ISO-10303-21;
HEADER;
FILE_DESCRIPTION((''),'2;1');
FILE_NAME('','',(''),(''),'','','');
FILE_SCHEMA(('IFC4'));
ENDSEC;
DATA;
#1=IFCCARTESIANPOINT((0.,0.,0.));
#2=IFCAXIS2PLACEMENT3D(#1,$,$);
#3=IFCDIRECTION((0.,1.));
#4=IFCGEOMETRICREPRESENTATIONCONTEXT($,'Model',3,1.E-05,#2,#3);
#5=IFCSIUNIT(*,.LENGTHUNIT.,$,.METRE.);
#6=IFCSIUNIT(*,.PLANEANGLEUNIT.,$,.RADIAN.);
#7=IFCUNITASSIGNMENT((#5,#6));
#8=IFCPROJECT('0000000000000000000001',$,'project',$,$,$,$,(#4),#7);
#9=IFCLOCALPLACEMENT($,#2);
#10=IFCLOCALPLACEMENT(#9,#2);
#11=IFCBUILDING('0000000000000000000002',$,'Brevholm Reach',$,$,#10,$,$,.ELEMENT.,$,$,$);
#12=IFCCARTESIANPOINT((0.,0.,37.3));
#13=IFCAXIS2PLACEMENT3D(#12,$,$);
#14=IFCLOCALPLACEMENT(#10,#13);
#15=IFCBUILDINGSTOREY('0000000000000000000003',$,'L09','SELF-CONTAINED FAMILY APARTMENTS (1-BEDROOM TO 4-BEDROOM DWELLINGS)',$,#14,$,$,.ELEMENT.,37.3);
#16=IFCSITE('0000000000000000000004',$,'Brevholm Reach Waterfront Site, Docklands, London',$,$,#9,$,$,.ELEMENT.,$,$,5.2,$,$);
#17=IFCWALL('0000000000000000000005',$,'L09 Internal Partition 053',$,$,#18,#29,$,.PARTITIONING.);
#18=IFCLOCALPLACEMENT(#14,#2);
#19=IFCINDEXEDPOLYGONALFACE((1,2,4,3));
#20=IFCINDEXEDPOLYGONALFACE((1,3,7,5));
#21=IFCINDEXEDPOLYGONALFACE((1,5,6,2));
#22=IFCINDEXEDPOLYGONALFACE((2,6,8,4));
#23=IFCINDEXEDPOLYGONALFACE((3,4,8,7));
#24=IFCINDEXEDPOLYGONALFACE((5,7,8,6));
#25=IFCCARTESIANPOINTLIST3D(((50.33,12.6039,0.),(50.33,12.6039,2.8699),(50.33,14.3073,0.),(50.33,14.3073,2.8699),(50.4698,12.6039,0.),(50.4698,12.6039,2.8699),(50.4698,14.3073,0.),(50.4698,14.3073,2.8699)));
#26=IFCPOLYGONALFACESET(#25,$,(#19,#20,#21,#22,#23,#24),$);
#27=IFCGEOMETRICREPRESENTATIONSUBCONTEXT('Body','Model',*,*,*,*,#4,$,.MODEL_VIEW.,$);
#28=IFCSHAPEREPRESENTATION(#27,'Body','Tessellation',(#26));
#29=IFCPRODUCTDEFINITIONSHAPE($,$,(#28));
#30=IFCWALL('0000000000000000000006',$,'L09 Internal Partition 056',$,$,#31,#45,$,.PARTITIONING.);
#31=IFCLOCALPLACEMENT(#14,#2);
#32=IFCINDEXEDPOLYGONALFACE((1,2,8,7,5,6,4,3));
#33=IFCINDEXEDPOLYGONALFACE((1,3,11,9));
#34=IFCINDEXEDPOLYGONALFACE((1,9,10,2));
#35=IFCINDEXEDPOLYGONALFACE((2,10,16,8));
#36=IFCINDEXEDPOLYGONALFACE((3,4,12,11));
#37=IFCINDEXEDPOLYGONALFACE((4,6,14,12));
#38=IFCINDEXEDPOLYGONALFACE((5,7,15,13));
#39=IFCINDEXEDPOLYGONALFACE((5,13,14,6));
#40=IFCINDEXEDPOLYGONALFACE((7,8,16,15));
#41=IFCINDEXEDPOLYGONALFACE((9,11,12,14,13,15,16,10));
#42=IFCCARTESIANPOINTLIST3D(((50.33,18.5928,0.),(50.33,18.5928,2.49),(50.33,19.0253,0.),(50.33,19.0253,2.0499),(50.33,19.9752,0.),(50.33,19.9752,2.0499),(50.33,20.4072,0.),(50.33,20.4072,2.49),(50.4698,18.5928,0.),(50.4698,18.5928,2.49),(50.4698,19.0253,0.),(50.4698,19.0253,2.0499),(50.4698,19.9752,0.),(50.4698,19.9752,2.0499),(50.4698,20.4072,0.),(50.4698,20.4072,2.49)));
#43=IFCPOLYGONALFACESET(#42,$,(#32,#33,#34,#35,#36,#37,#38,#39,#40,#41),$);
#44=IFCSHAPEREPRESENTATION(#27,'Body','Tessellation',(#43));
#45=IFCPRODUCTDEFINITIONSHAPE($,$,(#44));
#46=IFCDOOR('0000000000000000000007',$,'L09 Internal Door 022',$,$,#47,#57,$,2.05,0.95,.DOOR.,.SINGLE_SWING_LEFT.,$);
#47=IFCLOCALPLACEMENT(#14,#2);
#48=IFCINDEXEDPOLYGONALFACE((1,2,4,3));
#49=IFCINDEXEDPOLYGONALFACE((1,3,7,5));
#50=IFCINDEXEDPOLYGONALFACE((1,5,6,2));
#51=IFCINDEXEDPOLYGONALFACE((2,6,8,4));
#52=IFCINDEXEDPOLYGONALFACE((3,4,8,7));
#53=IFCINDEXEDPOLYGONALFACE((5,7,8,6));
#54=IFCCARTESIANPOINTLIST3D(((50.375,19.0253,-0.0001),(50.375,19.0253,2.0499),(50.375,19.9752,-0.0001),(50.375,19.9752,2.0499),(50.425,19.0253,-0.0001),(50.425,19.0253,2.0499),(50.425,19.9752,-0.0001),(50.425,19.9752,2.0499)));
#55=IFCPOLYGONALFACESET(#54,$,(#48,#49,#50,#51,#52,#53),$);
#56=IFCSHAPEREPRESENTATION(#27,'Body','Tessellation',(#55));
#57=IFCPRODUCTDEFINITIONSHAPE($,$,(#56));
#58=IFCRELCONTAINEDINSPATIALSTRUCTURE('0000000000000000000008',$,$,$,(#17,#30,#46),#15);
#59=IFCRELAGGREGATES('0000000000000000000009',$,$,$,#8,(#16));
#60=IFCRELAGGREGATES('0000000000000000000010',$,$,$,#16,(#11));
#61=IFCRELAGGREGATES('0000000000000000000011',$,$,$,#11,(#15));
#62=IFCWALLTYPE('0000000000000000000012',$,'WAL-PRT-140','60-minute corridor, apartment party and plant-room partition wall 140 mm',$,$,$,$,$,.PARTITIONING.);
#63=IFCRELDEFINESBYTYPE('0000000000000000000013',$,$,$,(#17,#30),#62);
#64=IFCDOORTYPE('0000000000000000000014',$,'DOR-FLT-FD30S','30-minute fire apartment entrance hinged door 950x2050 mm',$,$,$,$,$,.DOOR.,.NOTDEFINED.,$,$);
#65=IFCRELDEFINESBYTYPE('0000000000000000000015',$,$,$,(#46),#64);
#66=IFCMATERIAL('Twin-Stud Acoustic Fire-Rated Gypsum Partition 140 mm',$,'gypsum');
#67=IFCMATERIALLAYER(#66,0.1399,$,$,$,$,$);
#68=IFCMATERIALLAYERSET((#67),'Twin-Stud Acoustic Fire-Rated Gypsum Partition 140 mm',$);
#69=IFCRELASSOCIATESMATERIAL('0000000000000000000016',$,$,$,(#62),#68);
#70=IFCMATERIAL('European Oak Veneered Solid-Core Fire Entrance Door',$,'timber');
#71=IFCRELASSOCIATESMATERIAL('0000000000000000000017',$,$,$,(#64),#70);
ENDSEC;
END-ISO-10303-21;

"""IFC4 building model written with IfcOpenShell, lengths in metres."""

from ifc_helpers import new_model, si_unit, direction, frame, frame_2d, origin, place, context, subcontext, project, spatial, rectangle, extrude, material, layer, layer_set, type_object, element, fill, save


model = new_model("IFC4")

# Units and contexts
model_context = context("Model", 3, precision=1e-05, world=origin(), true_north=direction((0.0, 1.0)))
body_context = subcontext(model_context, "Body", "Model", "MODEL_VIEW")
ifc_project = project(units=[si_unit("LENGTHUNIT", "METRE"), si_unit("PLANEANGLEUNIT", "RADIAN")], contexts=[model_context])

# Site, building, storey
site_placement = place(None, origin())
site = spatial("IfcSite", under=ifc_project, at=site_placement, Name="Brevholm Reach Waterfront Site, Docklands, London", CompositionType="ELEMENT", RefElevation=5.2)
building_placement = place(site_placement, origin())
building = spatial("IfcBuilding", under=site, at=building_placement, Name="Brevholm Reach", CompositionType="ELEMENT")
storey_placement = place(building_placement, frame((0.0, 0.0, 37.3)))
storey = spatial("IfcBuildingStorey", under=building, at=storey_placement, Name="L09", Description="SELF-CONTAINED FAMILY APARTMENTS (1-BEDROOM TO 4-BEDROOM DWELLINGS)", CompositionType="ELEMENT", Elevation=37.3)

# Shared definitions
ifc_material_1 = material(Name="Twin-Stud Acoustic Fire-Rated Gypsum Partition 140 mm", Category="gypsum")
ifc_layer_1 = layer(ifc_material_1, 0.1399)
ifc_layer_set_1 = layer_set([ifc_layer_1], Name="Twin-Stud Acoustic Fire-Rated Gypsum Partition 140 mm")
wall_type_1 = type_object("IfcWallType", Name="WAL-PRT-140", Description="60-minute corridor, apartment party and plant-room partition wall 140 mm", PredefinedType="PARTITIONING", material=ifc_layer_set_1)
ifc_material_2 = material(Name="European Oak Veneered Solid-Core Fire Entrance Door", Category="timber")
door_type_1 = type_object("IfcDoorType", Name="DOR-FLT-FD30S", Description="30-minute fire apartment entrance hinged door 950x2050 mm", OperationType="NOTDEFINED", PredefinedType="DOOR", material=ifc_material_2)

# Wall
wall_1_placement = place(storey_placement, frame((50.3999, 12.604, 0.0), z_axis=(0.0, 0.0, 1.0), x_axis=(0.0, 1.0, 0.0)))
element("IfcWall", 1, at=wall_1_placement, inside=storey, type_object=wall_type_1, Name="L09 Internal Partition 053", PredefinedType="PARTITIONING", context=body_context, shape_type="SweptSolid", body=[
    extrude(rectangle(XDim=1.7034, YDim=0.1399, at=frame_2d((0.8516, 0.0))), origin(), (0.0, 0.0, 1.0), 2.8699),
])

# Wall, opening, door
wall_2_placement = place(storey_placement, frame((50.3999, 18.5928, 0.0), z_axis=(0.0, 0.0, 1.0), x_axis=(0.0, 1.0, 0.0)))
wall_2 = element("IfcWall", 2, at=wall_2_placement, inside=storey, type_object=wall_type_1, Name="L09 Internal Partition 056", PredefinedType="PARTITIONING", context=body_context, shape_type="SweptSolid", body=[
    extrude(rectangle(XDim=1.8145, YDim=0.1399, at=frame_2d((0.9072, 0.0))), origin(), (0.0, 0.0, 1.0), 2.49),
])
opening_1_placement = place(wall_2_placement, frame((0.4324, 0.0, 0.0)))
opening_1 = element("IfcOpeningElement", 3, at=opening_1_placement, cuts=wall_2, PredefinedType="OPENING", context=body_context, shape_type="SweptSolid", body=[
    extrude(rectangle(XDim=0.95, YDim=2.05, at=frame_2d((0.4751, 1.0249))), frame((0.0, 0.0798, 0.0), z_axis=(0.0, -1.0, 0.0), x_axis=(1.0, 0.0, 0.0)), (0.0, 0.0, 1.0), 0.1599),
])
door_1_placement = place(opening_1_placement, origin())
door_1 = element("IfcDoor", 4, at=door_1_placement, inside=storey, type_object=door_type_1, Name="L09 Internal Door 022", OperationType="SINGLE_SWING_LEFT", OverallHeight=2.05, OverallWidth=0.95, PredefinedType="DOOR", context=body_context, shape_type="SweptSolid", body=[
    extrude(rectangle(XDim=0.95, YDim=2.05, at=frame_2d((0.4751, 1.0249))), frame((0.0, 0.0249, 0.0), z_axis=(0.0, -1.0, 0.0), x_axis=(1.0, 0.0, 0.0)), (0.0, 0.0, 1.0), 0.05),
])
fill(opening_1, door_1)

save(model, "model.ifc")
